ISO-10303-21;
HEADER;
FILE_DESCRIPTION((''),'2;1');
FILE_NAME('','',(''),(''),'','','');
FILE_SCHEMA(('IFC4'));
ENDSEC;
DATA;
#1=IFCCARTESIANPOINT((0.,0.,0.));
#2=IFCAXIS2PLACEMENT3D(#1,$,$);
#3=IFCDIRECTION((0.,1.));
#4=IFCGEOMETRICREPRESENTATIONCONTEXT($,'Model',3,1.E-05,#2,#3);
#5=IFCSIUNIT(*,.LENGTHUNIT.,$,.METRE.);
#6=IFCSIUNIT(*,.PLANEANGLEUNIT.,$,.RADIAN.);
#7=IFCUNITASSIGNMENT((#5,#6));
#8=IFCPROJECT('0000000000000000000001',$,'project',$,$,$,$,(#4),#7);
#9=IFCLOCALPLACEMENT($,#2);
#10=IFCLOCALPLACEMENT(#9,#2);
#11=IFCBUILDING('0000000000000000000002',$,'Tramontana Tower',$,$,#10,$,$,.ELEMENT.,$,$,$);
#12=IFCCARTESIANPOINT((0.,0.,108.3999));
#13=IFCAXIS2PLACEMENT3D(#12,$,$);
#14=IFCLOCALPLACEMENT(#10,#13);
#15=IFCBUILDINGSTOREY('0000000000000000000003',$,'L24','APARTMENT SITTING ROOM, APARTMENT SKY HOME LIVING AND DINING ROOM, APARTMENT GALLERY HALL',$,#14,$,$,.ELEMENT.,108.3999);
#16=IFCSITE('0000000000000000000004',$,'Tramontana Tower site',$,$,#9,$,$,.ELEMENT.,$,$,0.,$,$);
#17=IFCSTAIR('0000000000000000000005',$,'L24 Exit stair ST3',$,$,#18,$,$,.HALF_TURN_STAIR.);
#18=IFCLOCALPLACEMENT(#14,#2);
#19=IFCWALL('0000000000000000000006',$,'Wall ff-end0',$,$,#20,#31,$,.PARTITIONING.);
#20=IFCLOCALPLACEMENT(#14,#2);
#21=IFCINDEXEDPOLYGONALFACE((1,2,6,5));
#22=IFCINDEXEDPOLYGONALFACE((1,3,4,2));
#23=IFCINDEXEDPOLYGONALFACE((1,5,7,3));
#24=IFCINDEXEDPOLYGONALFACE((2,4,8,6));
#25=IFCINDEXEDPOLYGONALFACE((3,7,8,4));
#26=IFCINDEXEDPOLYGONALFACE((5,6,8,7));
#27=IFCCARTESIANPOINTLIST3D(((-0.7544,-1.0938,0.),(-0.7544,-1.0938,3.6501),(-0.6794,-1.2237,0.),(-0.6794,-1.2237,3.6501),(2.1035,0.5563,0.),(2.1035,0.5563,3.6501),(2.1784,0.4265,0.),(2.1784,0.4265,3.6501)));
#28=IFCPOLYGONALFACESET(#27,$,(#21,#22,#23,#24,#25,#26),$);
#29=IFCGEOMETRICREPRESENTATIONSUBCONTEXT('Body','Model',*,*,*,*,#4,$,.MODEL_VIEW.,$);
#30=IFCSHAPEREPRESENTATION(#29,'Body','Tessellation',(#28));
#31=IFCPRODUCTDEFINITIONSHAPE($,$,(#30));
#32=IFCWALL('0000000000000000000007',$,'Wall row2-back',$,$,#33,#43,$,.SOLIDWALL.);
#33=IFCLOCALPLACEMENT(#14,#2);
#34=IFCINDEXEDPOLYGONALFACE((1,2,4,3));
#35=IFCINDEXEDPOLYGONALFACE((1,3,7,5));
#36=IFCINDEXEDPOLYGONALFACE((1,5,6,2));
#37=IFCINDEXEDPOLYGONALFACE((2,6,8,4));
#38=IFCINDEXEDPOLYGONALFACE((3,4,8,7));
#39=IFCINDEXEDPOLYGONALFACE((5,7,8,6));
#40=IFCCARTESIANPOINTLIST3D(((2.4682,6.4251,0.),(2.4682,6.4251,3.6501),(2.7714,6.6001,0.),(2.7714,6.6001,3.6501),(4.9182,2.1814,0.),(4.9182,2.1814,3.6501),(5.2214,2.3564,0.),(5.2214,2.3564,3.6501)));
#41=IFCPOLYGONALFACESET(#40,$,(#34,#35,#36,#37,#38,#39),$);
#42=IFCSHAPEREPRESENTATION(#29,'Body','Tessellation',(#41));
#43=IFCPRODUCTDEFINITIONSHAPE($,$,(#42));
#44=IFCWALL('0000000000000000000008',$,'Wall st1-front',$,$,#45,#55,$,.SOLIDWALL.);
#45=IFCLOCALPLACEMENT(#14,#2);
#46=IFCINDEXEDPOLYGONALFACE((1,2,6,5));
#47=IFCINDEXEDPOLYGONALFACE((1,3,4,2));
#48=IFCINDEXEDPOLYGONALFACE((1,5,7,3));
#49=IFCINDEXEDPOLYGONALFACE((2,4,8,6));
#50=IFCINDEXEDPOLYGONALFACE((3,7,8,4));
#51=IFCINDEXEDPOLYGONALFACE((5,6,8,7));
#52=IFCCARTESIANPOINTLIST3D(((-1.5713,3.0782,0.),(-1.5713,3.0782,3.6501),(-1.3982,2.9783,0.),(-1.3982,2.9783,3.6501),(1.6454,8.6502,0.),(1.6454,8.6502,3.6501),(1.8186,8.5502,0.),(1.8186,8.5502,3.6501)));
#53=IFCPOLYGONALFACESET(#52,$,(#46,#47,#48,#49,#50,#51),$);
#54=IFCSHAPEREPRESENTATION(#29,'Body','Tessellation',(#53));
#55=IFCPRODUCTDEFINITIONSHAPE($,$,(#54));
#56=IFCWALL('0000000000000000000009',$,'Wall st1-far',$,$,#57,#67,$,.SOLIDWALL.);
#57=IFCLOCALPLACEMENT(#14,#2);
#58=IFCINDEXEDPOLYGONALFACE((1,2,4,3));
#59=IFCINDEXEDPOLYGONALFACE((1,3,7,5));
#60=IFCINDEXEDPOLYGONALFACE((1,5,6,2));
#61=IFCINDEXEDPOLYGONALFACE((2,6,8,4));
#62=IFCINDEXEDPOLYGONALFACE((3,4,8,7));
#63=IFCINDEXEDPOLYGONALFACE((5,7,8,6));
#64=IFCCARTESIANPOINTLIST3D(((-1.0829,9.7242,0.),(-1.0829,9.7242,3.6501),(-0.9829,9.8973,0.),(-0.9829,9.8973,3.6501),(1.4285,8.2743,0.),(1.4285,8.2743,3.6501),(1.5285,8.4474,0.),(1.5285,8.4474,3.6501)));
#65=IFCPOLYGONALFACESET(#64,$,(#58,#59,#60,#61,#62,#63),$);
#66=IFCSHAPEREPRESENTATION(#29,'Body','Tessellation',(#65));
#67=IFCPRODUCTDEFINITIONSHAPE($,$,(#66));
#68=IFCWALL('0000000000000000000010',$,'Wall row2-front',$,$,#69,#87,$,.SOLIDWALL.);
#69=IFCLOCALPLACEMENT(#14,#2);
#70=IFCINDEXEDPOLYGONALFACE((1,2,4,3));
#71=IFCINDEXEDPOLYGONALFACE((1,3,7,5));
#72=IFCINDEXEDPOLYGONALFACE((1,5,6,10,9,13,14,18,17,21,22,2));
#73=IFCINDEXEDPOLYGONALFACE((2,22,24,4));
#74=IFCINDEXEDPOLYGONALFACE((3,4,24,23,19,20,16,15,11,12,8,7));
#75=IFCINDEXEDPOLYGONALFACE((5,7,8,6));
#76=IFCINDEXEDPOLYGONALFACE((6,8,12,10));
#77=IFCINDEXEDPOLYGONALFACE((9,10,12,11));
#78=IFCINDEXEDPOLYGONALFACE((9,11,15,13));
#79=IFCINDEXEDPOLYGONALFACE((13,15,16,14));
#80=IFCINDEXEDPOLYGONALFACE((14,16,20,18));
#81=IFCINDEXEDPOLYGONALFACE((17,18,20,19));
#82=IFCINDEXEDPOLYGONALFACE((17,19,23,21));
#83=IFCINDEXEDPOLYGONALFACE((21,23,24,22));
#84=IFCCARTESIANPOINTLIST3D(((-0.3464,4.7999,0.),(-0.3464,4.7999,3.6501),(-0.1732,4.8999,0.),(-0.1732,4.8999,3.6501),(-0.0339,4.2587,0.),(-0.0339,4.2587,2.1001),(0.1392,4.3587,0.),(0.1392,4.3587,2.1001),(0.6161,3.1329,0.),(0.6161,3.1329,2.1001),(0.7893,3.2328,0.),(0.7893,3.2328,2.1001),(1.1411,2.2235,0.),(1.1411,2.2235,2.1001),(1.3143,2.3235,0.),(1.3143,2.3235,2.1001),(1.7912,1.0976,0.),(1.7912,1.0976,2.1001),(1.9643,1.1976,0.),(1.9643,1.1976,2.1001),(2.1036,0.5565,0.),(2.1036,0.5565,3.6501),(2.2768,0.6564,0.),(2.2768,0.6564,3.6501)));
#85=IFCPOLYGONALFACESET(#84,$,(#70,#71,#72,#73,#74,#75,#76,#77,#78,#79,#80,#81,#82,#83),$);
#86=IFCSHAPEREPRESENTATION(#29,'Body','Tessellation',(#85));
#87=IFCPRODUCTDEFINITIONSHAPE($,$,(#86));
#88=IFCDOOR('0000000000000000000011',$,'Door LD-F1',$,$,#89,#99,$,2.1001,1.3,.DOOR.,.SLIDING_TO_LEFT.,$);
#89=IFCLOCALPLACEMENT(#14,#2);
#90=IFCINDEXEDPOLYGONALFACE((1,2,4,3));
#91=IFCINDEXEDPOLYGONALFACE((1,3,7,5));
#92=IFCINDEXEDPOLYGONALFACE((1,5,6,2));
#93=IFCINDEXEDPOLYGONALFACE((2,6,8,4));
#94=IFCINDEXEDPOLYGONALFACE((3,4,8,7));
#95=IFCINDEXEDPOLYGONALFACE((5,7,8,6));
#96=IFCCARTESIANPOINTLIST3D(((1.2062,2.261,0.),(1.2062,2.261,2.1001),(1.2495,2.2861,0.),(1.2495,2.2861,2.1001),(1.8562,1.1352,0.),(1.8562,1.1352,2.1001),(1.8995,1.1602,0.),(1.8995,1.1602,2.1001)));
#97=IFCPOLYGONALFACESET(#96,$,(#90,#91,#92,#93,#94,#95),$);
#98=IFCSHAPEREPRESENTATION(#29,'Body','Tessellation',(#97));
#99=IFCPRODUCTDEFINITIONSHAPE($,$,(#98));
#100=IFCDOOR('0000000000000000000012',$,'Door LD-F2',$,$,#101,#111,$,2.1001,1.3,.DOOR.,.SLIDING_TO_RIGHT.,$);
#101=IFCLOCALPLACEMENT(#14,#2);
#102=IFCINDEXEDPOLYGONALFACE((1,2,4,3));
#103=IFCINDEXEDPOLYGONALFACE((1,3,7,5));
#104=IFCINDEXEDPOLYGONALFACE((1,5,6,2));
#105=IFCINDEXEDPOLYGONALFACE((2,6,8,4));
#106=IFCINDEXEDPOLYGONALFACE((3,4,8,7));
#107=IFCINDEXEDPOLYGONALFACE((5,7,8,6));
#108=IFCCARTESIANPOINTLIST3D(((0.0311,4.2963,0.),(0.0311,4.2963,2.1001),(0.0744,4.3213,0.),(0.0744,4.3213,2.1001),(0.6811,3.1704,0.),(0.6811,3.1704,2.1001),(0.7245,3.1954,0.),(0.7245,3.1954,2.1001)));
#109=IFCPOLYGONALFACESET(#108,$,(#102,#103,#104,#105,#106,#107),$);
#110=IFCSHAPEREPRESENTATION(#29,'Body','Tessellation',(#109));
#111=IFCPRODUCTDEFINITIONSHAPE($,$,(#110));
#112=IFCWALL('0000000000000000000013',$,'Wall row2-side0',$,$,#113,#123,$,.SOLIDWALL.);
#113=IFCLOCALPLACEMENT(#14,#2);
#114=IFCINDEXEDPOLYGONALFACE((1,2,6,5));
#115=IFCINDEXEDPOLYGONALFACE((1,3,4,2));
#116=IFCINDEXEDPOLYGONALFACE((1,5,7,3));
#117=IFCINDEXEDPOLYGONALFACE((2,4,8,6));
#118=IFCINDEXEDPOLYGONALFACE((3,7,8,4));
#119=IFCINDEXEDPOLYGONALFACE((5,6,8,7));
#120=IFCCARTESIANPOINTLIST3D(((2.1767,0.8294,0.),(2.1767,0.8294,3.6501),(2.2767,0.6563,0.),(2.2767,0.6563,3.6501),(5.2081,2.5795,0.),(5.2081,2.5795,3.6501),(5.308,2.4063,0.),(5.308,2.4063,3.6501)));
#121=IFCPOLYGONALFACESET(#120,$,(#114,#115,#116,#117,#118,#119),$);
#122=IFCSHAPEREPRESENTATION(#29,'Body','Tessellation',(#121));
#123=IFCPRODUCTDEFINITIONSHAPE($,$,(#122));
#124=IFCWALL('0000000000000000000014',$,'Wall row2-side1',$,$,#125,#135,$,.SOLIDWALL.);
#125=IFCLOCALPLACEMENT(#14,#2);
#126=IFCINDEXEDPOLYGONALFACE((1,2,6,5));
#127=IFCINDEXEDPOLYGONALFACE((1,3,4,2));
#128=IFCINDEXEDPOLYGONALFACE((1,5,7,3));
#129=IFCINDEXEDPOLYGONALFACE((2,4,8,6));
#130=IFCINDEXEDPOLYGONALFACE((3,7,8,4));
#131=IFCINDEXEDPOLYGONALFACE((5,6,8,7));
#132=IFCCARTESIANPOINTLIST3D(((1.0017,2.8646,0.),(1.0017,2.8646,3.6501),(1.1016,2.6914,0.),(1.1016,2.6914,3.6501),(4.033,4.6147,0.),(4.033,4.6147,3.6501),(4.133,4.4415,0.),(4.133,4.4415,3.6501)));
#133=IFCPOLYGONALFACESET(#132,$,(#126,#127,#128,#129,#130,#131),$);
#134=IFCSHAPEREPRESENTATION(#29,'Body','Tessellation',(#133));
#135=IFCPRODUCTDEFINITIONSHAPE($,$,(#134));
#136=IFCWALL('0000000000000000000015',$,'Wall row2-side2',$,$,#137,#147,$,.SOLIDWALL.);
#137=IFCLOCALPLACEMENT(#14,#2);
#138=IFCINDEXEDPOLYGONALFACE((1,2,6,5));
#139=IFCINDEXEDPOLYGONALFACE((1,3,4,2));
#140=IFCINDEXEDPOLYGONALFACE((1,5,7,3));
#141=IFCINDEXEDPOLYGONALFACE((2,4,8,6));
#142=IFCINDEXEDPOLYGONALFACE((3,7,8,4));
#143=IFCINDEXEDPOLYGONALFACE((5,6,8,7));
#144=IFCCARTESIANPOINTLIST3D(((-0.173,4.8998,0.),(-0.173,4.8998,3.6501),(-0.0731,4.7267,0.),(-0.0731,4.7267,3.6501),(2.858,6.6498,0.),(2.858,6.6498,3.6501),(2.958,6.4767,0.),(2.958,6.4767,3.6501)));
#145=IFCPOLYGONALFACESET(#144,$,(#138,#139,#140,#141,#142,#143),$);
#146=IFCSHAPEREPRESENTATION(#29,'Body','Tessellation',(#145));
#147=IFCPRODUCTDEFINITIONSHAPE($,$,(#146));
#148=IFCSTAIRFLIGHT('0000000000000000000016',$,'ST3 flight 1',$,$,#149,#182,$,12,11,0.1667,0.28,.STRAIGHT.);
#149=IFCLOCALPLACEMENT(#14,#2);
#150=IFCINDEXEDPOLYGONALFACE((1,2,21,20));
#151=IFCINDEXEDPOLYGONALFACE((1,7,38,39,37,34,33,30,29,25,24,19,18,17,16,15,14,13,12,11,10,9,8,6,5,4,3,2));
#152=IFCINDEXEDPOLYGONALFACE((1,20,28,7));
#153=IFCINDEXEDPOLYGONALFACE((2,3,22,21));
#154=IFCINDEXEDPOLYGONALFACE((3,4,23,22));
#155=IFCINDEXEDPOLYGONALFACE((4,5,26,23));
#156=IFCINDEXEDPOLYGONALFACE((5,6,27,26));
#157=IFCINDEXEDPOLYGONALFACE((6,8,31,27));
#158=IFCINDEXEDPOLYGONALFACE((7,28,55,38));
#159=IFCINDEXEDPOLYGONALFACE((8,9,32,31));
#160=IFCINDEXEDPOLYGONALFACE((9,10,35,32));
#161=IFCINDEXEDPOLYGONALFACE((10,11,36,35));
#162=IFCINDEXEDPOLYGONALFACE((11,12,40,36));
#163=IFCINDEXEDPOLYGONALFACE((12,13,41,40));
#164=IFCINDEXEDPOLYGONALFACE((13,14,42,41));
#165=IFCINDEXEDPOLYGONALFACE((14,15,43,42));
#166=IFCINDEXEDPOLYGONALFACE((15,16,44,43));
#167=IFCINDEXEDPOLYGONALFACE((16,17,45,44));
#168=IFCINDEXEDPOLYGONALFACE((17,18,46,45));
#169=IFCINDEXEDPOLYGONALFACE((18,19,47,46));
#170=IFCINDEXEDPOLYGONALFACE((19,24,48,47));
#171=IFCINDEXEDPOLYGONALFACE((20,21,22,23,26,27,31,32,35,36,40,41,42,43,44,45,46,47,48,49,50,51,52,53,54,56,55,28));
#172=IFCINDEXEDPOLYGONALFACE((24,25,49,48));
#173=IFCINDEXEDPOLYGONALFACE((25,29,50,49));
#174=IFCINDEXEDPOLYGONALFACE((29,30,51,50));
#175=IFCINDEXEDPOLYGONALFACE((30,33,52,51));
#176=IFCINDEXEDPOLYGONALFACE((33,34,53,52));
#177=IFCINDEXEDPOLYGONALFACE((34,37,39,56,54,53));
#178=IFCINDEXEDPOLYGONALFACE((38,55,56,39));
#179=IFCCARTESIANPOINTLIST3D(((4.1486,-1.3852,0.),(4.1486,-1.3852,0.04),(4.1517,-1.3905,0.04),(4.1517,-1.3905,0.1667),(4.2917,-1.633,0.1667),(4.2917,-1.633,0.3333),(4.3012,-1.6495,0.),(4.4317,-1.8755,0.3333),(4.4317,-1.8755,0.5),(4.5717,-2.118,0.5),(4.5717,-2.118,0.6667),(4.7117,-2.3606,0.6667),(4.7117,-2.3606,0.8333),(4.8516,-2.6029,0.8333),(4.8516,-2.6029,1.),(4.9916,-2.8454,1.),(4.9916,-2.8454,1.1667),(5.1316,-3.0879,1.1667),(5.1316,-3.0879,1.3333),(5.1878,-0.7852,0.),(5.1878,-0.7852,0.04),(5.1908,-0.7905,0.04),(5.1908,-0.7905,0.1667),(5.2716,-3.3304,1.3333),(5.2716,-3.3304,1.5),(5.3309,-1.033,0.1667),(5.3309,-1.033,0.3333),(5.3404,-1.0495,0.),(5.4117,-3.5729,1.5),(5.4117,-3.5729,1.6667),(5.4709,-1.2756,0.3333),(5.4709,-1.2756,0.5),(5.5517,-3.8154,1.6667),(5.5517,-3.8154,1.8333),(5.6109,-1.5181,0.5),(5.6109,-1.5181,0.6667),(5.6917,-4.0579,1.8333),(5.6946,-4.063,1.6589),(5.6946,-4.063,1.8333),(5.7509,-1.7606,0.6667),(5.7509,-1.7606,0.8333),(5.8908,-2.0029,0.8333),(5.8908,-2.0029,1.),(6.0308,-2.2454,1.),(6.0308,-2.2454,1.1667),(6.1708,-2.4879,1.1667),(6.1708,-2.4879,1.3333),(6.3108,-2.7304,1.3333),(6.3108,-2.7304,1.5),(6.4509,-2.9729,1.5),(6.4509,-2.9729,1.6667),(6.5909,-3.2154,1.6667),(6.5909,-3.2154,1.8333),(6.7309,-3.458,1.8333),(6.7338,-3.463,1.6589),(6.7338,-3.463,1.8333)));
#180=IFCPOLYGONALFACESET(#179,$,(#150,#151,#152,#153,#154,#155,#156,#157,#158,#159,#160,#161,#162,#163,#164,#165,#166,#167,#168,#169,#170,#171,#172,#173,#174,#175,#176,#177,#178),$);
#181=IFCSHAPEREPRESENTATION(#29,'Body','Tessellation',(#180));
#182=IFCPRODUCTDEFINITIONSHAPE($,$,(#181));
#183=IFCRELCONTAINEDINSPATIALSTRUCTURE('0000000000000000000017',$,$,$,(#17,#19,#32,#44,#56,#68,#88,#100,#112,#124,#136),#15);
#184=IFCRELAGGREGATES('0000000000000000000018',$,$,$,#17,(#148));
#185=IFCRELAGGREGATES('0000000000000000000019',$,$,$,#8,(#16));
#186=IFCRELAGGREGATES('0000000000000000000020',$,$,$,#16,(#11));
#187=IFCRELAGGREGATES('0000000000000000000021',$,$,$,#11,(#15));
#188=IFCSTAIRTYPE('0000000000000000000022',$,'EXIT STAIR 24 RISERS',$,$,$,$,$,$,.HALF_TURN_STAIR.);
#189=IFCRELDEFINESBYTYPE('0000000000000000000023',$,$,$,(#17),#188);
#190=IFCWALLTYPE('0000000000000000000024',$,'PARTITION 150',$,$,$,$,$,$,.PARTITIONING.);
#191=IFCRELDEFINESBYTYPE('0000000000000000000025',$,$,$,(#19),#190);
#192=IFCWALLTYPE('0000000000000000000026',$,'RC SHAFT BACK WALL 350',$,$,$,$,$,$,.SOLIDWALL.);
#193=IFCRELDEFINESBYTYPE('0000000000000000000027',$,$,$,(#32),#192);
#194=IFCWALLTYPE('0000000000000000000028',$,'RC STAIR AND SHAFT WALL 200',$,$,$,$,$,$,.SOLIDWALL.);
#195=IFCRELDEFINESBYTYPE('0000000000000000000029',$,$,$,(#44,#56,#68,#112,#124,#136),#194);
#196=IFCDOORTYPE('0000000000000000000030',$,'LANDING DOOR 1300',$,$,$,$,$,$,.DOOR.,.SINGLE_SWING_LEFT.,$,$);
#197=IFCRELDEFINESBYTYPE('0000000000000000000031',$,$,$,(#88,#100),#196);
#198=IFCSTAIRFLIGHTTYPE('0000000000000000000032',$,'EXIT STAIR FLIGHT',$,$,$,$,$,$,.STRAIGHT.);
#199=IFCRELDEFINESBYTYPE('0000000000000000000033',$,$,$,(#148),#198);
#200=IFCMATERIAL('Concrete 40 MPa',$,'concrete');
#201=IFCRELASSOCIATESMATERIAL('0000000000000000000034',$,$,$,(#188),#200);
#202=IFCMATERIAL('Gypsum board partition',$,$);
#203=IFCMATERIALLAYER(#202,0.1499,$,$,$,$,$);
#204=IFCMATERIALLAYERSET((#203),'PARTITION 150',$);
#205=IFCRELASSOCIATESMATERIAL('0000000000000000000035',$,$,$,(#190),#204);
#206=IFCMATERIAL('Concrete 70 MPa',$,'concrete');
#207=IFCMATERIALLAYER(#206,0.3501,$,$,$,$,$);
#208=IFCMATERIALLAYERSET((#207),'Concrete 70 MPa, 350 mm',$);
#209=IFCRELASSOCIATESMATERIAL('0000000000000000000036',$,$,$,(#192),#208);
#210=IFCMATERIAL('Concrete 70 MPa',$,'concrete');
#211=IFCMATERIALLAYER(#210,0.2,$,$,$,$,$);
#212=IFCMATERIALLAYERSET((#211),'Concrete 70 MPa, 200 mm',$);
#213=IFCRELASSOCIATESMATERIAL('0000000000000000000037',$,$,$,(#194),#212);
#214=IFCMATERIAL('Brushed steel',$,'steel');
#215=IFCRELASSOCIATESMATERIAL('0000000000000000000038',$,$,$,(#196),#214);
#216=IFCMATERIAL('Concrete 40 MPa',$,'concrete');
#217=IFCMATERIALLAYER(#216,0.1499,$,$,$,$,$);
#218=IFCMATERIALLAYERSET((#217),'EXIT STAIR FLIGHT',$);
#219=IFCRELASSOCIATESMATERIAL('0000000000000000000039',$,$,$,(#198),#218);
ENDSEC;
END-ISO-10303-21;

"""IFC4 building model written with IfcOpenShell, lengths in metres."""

from ifc_helpers import new_model, si_unit, direction, frame, frame_2d, origin, place, context, subcontext, project, spatial, polyline, rectangle, outline, extrude, material, layer, layer_set, type_object, element, fill, aggregate, save


model = new_model("IFC4")

# Units and contexts
model_context = context("Model", 3, precision=1e-05, world=origin(), true_north=direction((0.0, 1.0)))
body_context = subcontext(model_context, "Body", "Model", "MODEL_VIEW")
ifc_project = project(units=[si_unit("LENGTHUNIT", "METRE"), si_unit("PLANEANGLEUNIT", "RADIAN")], contexts=[model_context])

# Site, building, storey
site_placement = place(None, origin())
site = spatial("IfcSite", under=ifc_project, at=site_placement, Name="Tramontana Tower site", CompositionType="ELEMENT", RefElevation=0.0)
building_placement = place(site_placement, origin())
building = spatial("IfcBuilding", under=site, at=building_placement, Name="Tramontana Tower", CompositionType="ELEMENT")
storey_placement = place(building_placement, frame((0.0, 0.0, 108.3999)))
storey = spatial("IfcBuildingStorey", under=building, at=storey_placement, Name="L24", Description="APARTMENT SITTING ROOM, APARTMENT SKY HOME LIVING AND DINING ROOM, APARTMENT GALLERY HALL", CompositionType="ELEMENT", Elevation=108.3999)

# Stair
ifc_material_1 = material(Name="Concrete 40 MPa", Category="concrete")
stair_type = type_object("IfcStairType", Name="EXIT STAIR 24 RISERS", PredefinedType="HALF_TURN_STAIR", material=ifc_material_1)
stair_1_placement = place(storey_placement, origin())
stair_1 = element("IfcStair", 1, at=stair_1_placement, inside=storey, type_object=stair_type, Name="L24 Exit stair ST3", PredefinedType="HALF_TURN_STAIR")

# Walls
ifc_material_2 = material(Name="Gypsum board partition")
ifc_layer_1 = layer(ifc_material_2, 0.1499)
ifc_layer_set_1 = layer_set([ifc_layer_1], Name="PARTITION 150")
wall_type_1 = type_object("IfcWallType", Name="PARTITION 150", PredefinedType="PARTITIONING", material=ifc_layer_set_1)
wall_1_placement = place(storey_placement, frame((-0.7168, -1.1587, 0.0), z_axis=(0.0, 0.0, 1.0), x_axis=(0.866008, 0.50003, 0.0)))
element("IfcWall", 2, at=wall_1_placement, inside=storey, type_object=wall_type_1, Name="Wall ff-end0", PredefinedType="PARTITIONING", context=body_context, shape_type="SweptSolid", body=[
    extrude(rectangle(XDim=3.3, YDim=0.1499, at=frame_2d((1.6499, 0.0))), origin(), (0.0, 0.0, 1.0), 3.6501),
])
ifc_material_3 = material(Name="Concrete 70 MPa", Category="concrete")
ifc_layer_2 = layer(ifc_material_3, 0.3501)
ifc_layer_set_2 = layer_set([ifc_layer_2], Name="Concrete 70 MPa, 350 mm")
wall_type_2 = type_object("IfcWallType", Name="RC SHAFT BACK WALL 350", PredefinedType="SOLIDWALL", material=ifc_layer_set_2)
wall_2_placement = place(storey_placement, frame((5.0698, 2.2688, 0.0), z_axis=(0.0, 0.0, 1.0), x_axis=(-0.499981, 0.866036, 0.0)))
element("IfcWall", 3, at=wall_2_placement, inside=storey, type_object=wall_type_2, Name="Wall row2-back", PredefinedType="SOLIDWALL", context=body_context, shape_type="SweptSolid", body=[
    extrude(rectangle(XDim=4.9001, YDim=0.3501, at=frame_2d((2.4502, 0.0))), origin(), (0.0, 0.0, 1.0), 3.6501),
])
ifc_material_4 = material(Name="Concrete 70 MPa", Category="concrete")
ifc_layer_3 = layer(ifc_material_4, 0.2)
ifc_layer_set_3 = layer_set([ifc_layer_3], Name="Concrete 70 MPa, 200 mm")
wall_type_3 = type_object("IfcWallType", Name="RC STAIR AND SHAFT WALL 200", PredefinedType="SOLIDWALL", material=ifc_layer_set_3)
wall_3_placement = place(storey_placement, frame((1.7319, 8.6001, 0.0), z_axis=(0.0, 0.0, 1.0), x_axis=(-0.499975, -0.86604, 0.0)))
element("IfcWall", 4, at=wall_3_placement, inside=storey, type_object=wall_type_3, Name="Wall st1-front", PredefinedType="SOLIDWALL", context=body_context, shape_type="SweptSolid", body=[
    extrude(rectangle(XDim=6.4338, YDim=0.2, at=frame_2d((3.2168, 0.0))), origin(), (0.0, 0.0, 1.0), 3.6501),
])
wall_4_placement = place(storey_placement, frame((1.4785, 8.3608, 0.0), z_axis=(0.0, 0.0, 1.0), x_axis=(-0.866033, 0.499987, 0.0)))
element("IfcWall", 5, at=wall_4_placement, inside=storey, type_object=wall_type_3, Name="Wall st1-far", PredefinedType="SOLIDWALL", context=body_context, shape_type="SweptSolid", body=[
    extrude(rectangle(XDim=2.8999, YDim=0.2, at=frame_2d((1.45, 0.0))), origin(), (0.0, 0.0, 1.0), 3.6501),
])

# Wall, openings, doors
wall_5_placement = place(storey_placement, frame((2.1902, 0.6064, 0.0), z_axis=(0.0, 0.0, 1.0), x_axis=(-0.500003, 0.866024, 0.0)))
wall_5 = element("IfcWall", 6, at=wall_5_placement, inside=storey, type_object=wall_type_3, Name="Wall row2-front", PredefinedType="SOLIDWALL", context=body_context, shape_type="SweptSolid", body=[
    extrude(rectangle(XDim=4.8999, YDim=0.2, at=frame_2d((2.45, 0.0))), origin(), (0.0, 0.0, 1.0), 3.6501),
])
opening_1_placement = place(wall_5_placement, frame((0.625, 0.0, 0.0)))
opening_1 = element("IfcOpeningElement", 7, at=opening_1_placement, cuts=wall_5, PredefinedType="OPENING", context=body_context, shape_type="SweptSolid", body=[
    extrude(rectangle(XDim=1.3, YDim=2.1001, at=frame_2d((0.6499, 1.05))), frame((0.0, 0.1099, 0.0), z_axis=(0.0, -1.0, 0.0), x_axis=(1.0, 0.0, 0.0)), (0.0, 0.0, 1.0), 0.22),
])
opening_2_placement = place(wall_5_placement, frame((2.9751, 0.0, 0.0)))
opening_2 = element("IfcOpeningElement", 8, at=opening_2_placement, cuts=wall_5, PredefinedType="OPENING", context=body_context, shape_type="SweptSolid", body=[
    extrude(rectangle(XDim=1.3, YDim=2.1001, at=frame_2d((0.6499, 1.05))), frame((0.0, 0.1099, 0.0), z_axis=(0.0, -1.0, 0.0), x_axis=(1.0, 0.0, 0.0)), (0.0, 0.0, 1.0), 0.22),
])
ifc_material_5 = material(Name="Brushed steel", Category="steel")
door_type_1 = type_object("IfcDoorType", Name="LANDING DOOR 1300", OperationType="SINGLE_SWING_LEFT", PredefinedType="DOOR", material=ifc_material_5)
door_1_placement = place(opening_1_placement, origin())
door_1 = element("IfcDoor", 9, at=door_1_placement, inside=storey, type_object=door_type_1, Name="Door LD-F1", OperationType="SLIDING_TO_LEFT", OverallHeight=2.1001, OverallWidth=1.3, PredefinedType="DOOR", context=body_context, shape_type="SweptSolid", body=[
    extrude(rectangle(XDim=1.3, YDim=2.1001, at=frame_2d((0.6499, 1.05))), frame((0.0, 0.0249, 0.0), z_axis=(0.0, -1.0, 0.0), x_axis=(1.0, 0.0, 0.0)), (0.0, 0.0, 1.0), 0.05),
])
fill(opening_1, door_1)
door_2_placement = place(opening_2_placement, origin())
door_2 = element("IfcDoor", 10, at=door_2_placement, inside=storey, type_object=door_type_1, Name="Door LD-F2", OperationType="SLIDING_TO_RIGHT", OverallHeight=2.1001, OverallWidth=1.3, PredefinedType="DOOR", context=body_context, shape_type="SweptSolid", body=[
    extrude(rectangle(XDim=1.3, YDim=2.1001, at=frame_2d((0.6499, 1.05))), frame((0.0, 0.0249, 0.0), z_axis=(0.0, -1.0, 0.0), x_axis=(1.0, 0.0, 0.0)), (0.0, 0.0, 1.0), 0.05),
])
fill(opening_2, door_2)

# Walls
for number, where, z_axis, x_axis, name in (
    (11, (2.2268, 0.7429, 0.0), (0.0, 0.0, 1.0), (0.866037, 0.49998, 0.0), "Wall row2-side0"),
    (12, (1.0518, 2.7781, 0.0), (0.0, 0.0, 1.0), (0.866037, 0.49998, 0.0), "Wall row2-side1"),
):
    element("IfcWall", number, at=place(storey_placement, frame(where, z_axis=z_axis, x_axis=x_axis)), inside=storey, type_object=wall_type_3, Name=name, PredefinedType="SOLIDWALL", context=body_context, shape_type="SweptSolid", body=[
        extrude(rectangle(XDim=3.5002, YDim=0.2, at=frame_2d((1.75, 0.0))), origin(), (0.0, 0.0, 1.0), 3.6501),
    ])
wall_6_placement = place(storey_placement, frame((-0.123, 4.8132, 0.0), z_axis=(0.0, 0.0, 1.0), x_axis=(0.866019, 0.50001, 0.0)))
element("IfcWall", 13, at=wall_6_placement, inside=storey, type_object=wall_type_3, Name="Wall row2-side2", PredefinedType="SOLIDWALL", context=body_context, shape_type="SweptSolid", body=[
    extrude(rectangle(XDim=3.5, YDim=0.2, at=frame_2d((1.75, 0.0))), origin(), (0.0, 0.0, 1.0), 3.6501),
])

# Stair flight
ifc_material_6 = material(Name="Concrete 40 MPa", Category="concrete")
ifc_layer_4 = layer(ifc_material_6, 0.1499)
ifc_layer_set_4 = layer_set([ifc_layer_4], Name="EXIT STAIR FLIGHT")
stair_flight_type = type_object("IfcStairFlightType", Name="EXIT STAIR FLIGHT", PredefinedType="STRAIGHT", material=ifc_layer_set_4)
stair_flight_placement = place(storey_placement, frame((4.6711, -1.0906, 0.0), z_axis=(0.0, 0.0, 1.0), x_axis=(0.5, -0.866025, 0.0)))
stair_flight = element("IfcStairFlight", 14, at=stair_flight_placement, type_object=stair_flight_type, Name="ST3 flight 1", NumberOfRisers=12, NumberOfTreads=11, PredefinedType="STRAIGHT", RiserHeight=0.1667, TreadLength=0.28, context=body_context, shape_type="SweptSolid", body=[
    extrude(outline(polyline([(-0.0061, 0.0), (-0.0061, 0.04), (0.0, 0.04), (0.0, 0.1667), (0.28, 0.1667), (0.28, 0.3333), (0.5601, 0.3333), (0.5601, 0.5), (0.8401, 0.5), (0.8401, 0.6667), (1.1201, 0.6667), (1.1201, 0.8333), (1.3999, 0.8333), (1.3999, 1.0), (1.6799, 1.0), (1.6799, 1.1667), (1.96, 1.1667), (1.96, 1.3333), (2.24, 1.3333), (2.24, 1.5), (2.52, 1.5), (2.52, 1.6667), (2.8, 1.6667), (2.8, 1.8333), (3.0801, 1.8333), (3.0859, 1.8333), (3.0859, 1.6589), (0.2991, 0.0), (-0.0061, 0.0)])), frame((0.0, 0.6001, 0.0), z_axis=(0.0, -1.0, 0.0), x_axis=(1.0, 0.0, 0.0)), (0.0, 0.0, 1.0), 1.2),
])
aggregate(stair_1, [stair_flight])

save(model, "model.ifc")
